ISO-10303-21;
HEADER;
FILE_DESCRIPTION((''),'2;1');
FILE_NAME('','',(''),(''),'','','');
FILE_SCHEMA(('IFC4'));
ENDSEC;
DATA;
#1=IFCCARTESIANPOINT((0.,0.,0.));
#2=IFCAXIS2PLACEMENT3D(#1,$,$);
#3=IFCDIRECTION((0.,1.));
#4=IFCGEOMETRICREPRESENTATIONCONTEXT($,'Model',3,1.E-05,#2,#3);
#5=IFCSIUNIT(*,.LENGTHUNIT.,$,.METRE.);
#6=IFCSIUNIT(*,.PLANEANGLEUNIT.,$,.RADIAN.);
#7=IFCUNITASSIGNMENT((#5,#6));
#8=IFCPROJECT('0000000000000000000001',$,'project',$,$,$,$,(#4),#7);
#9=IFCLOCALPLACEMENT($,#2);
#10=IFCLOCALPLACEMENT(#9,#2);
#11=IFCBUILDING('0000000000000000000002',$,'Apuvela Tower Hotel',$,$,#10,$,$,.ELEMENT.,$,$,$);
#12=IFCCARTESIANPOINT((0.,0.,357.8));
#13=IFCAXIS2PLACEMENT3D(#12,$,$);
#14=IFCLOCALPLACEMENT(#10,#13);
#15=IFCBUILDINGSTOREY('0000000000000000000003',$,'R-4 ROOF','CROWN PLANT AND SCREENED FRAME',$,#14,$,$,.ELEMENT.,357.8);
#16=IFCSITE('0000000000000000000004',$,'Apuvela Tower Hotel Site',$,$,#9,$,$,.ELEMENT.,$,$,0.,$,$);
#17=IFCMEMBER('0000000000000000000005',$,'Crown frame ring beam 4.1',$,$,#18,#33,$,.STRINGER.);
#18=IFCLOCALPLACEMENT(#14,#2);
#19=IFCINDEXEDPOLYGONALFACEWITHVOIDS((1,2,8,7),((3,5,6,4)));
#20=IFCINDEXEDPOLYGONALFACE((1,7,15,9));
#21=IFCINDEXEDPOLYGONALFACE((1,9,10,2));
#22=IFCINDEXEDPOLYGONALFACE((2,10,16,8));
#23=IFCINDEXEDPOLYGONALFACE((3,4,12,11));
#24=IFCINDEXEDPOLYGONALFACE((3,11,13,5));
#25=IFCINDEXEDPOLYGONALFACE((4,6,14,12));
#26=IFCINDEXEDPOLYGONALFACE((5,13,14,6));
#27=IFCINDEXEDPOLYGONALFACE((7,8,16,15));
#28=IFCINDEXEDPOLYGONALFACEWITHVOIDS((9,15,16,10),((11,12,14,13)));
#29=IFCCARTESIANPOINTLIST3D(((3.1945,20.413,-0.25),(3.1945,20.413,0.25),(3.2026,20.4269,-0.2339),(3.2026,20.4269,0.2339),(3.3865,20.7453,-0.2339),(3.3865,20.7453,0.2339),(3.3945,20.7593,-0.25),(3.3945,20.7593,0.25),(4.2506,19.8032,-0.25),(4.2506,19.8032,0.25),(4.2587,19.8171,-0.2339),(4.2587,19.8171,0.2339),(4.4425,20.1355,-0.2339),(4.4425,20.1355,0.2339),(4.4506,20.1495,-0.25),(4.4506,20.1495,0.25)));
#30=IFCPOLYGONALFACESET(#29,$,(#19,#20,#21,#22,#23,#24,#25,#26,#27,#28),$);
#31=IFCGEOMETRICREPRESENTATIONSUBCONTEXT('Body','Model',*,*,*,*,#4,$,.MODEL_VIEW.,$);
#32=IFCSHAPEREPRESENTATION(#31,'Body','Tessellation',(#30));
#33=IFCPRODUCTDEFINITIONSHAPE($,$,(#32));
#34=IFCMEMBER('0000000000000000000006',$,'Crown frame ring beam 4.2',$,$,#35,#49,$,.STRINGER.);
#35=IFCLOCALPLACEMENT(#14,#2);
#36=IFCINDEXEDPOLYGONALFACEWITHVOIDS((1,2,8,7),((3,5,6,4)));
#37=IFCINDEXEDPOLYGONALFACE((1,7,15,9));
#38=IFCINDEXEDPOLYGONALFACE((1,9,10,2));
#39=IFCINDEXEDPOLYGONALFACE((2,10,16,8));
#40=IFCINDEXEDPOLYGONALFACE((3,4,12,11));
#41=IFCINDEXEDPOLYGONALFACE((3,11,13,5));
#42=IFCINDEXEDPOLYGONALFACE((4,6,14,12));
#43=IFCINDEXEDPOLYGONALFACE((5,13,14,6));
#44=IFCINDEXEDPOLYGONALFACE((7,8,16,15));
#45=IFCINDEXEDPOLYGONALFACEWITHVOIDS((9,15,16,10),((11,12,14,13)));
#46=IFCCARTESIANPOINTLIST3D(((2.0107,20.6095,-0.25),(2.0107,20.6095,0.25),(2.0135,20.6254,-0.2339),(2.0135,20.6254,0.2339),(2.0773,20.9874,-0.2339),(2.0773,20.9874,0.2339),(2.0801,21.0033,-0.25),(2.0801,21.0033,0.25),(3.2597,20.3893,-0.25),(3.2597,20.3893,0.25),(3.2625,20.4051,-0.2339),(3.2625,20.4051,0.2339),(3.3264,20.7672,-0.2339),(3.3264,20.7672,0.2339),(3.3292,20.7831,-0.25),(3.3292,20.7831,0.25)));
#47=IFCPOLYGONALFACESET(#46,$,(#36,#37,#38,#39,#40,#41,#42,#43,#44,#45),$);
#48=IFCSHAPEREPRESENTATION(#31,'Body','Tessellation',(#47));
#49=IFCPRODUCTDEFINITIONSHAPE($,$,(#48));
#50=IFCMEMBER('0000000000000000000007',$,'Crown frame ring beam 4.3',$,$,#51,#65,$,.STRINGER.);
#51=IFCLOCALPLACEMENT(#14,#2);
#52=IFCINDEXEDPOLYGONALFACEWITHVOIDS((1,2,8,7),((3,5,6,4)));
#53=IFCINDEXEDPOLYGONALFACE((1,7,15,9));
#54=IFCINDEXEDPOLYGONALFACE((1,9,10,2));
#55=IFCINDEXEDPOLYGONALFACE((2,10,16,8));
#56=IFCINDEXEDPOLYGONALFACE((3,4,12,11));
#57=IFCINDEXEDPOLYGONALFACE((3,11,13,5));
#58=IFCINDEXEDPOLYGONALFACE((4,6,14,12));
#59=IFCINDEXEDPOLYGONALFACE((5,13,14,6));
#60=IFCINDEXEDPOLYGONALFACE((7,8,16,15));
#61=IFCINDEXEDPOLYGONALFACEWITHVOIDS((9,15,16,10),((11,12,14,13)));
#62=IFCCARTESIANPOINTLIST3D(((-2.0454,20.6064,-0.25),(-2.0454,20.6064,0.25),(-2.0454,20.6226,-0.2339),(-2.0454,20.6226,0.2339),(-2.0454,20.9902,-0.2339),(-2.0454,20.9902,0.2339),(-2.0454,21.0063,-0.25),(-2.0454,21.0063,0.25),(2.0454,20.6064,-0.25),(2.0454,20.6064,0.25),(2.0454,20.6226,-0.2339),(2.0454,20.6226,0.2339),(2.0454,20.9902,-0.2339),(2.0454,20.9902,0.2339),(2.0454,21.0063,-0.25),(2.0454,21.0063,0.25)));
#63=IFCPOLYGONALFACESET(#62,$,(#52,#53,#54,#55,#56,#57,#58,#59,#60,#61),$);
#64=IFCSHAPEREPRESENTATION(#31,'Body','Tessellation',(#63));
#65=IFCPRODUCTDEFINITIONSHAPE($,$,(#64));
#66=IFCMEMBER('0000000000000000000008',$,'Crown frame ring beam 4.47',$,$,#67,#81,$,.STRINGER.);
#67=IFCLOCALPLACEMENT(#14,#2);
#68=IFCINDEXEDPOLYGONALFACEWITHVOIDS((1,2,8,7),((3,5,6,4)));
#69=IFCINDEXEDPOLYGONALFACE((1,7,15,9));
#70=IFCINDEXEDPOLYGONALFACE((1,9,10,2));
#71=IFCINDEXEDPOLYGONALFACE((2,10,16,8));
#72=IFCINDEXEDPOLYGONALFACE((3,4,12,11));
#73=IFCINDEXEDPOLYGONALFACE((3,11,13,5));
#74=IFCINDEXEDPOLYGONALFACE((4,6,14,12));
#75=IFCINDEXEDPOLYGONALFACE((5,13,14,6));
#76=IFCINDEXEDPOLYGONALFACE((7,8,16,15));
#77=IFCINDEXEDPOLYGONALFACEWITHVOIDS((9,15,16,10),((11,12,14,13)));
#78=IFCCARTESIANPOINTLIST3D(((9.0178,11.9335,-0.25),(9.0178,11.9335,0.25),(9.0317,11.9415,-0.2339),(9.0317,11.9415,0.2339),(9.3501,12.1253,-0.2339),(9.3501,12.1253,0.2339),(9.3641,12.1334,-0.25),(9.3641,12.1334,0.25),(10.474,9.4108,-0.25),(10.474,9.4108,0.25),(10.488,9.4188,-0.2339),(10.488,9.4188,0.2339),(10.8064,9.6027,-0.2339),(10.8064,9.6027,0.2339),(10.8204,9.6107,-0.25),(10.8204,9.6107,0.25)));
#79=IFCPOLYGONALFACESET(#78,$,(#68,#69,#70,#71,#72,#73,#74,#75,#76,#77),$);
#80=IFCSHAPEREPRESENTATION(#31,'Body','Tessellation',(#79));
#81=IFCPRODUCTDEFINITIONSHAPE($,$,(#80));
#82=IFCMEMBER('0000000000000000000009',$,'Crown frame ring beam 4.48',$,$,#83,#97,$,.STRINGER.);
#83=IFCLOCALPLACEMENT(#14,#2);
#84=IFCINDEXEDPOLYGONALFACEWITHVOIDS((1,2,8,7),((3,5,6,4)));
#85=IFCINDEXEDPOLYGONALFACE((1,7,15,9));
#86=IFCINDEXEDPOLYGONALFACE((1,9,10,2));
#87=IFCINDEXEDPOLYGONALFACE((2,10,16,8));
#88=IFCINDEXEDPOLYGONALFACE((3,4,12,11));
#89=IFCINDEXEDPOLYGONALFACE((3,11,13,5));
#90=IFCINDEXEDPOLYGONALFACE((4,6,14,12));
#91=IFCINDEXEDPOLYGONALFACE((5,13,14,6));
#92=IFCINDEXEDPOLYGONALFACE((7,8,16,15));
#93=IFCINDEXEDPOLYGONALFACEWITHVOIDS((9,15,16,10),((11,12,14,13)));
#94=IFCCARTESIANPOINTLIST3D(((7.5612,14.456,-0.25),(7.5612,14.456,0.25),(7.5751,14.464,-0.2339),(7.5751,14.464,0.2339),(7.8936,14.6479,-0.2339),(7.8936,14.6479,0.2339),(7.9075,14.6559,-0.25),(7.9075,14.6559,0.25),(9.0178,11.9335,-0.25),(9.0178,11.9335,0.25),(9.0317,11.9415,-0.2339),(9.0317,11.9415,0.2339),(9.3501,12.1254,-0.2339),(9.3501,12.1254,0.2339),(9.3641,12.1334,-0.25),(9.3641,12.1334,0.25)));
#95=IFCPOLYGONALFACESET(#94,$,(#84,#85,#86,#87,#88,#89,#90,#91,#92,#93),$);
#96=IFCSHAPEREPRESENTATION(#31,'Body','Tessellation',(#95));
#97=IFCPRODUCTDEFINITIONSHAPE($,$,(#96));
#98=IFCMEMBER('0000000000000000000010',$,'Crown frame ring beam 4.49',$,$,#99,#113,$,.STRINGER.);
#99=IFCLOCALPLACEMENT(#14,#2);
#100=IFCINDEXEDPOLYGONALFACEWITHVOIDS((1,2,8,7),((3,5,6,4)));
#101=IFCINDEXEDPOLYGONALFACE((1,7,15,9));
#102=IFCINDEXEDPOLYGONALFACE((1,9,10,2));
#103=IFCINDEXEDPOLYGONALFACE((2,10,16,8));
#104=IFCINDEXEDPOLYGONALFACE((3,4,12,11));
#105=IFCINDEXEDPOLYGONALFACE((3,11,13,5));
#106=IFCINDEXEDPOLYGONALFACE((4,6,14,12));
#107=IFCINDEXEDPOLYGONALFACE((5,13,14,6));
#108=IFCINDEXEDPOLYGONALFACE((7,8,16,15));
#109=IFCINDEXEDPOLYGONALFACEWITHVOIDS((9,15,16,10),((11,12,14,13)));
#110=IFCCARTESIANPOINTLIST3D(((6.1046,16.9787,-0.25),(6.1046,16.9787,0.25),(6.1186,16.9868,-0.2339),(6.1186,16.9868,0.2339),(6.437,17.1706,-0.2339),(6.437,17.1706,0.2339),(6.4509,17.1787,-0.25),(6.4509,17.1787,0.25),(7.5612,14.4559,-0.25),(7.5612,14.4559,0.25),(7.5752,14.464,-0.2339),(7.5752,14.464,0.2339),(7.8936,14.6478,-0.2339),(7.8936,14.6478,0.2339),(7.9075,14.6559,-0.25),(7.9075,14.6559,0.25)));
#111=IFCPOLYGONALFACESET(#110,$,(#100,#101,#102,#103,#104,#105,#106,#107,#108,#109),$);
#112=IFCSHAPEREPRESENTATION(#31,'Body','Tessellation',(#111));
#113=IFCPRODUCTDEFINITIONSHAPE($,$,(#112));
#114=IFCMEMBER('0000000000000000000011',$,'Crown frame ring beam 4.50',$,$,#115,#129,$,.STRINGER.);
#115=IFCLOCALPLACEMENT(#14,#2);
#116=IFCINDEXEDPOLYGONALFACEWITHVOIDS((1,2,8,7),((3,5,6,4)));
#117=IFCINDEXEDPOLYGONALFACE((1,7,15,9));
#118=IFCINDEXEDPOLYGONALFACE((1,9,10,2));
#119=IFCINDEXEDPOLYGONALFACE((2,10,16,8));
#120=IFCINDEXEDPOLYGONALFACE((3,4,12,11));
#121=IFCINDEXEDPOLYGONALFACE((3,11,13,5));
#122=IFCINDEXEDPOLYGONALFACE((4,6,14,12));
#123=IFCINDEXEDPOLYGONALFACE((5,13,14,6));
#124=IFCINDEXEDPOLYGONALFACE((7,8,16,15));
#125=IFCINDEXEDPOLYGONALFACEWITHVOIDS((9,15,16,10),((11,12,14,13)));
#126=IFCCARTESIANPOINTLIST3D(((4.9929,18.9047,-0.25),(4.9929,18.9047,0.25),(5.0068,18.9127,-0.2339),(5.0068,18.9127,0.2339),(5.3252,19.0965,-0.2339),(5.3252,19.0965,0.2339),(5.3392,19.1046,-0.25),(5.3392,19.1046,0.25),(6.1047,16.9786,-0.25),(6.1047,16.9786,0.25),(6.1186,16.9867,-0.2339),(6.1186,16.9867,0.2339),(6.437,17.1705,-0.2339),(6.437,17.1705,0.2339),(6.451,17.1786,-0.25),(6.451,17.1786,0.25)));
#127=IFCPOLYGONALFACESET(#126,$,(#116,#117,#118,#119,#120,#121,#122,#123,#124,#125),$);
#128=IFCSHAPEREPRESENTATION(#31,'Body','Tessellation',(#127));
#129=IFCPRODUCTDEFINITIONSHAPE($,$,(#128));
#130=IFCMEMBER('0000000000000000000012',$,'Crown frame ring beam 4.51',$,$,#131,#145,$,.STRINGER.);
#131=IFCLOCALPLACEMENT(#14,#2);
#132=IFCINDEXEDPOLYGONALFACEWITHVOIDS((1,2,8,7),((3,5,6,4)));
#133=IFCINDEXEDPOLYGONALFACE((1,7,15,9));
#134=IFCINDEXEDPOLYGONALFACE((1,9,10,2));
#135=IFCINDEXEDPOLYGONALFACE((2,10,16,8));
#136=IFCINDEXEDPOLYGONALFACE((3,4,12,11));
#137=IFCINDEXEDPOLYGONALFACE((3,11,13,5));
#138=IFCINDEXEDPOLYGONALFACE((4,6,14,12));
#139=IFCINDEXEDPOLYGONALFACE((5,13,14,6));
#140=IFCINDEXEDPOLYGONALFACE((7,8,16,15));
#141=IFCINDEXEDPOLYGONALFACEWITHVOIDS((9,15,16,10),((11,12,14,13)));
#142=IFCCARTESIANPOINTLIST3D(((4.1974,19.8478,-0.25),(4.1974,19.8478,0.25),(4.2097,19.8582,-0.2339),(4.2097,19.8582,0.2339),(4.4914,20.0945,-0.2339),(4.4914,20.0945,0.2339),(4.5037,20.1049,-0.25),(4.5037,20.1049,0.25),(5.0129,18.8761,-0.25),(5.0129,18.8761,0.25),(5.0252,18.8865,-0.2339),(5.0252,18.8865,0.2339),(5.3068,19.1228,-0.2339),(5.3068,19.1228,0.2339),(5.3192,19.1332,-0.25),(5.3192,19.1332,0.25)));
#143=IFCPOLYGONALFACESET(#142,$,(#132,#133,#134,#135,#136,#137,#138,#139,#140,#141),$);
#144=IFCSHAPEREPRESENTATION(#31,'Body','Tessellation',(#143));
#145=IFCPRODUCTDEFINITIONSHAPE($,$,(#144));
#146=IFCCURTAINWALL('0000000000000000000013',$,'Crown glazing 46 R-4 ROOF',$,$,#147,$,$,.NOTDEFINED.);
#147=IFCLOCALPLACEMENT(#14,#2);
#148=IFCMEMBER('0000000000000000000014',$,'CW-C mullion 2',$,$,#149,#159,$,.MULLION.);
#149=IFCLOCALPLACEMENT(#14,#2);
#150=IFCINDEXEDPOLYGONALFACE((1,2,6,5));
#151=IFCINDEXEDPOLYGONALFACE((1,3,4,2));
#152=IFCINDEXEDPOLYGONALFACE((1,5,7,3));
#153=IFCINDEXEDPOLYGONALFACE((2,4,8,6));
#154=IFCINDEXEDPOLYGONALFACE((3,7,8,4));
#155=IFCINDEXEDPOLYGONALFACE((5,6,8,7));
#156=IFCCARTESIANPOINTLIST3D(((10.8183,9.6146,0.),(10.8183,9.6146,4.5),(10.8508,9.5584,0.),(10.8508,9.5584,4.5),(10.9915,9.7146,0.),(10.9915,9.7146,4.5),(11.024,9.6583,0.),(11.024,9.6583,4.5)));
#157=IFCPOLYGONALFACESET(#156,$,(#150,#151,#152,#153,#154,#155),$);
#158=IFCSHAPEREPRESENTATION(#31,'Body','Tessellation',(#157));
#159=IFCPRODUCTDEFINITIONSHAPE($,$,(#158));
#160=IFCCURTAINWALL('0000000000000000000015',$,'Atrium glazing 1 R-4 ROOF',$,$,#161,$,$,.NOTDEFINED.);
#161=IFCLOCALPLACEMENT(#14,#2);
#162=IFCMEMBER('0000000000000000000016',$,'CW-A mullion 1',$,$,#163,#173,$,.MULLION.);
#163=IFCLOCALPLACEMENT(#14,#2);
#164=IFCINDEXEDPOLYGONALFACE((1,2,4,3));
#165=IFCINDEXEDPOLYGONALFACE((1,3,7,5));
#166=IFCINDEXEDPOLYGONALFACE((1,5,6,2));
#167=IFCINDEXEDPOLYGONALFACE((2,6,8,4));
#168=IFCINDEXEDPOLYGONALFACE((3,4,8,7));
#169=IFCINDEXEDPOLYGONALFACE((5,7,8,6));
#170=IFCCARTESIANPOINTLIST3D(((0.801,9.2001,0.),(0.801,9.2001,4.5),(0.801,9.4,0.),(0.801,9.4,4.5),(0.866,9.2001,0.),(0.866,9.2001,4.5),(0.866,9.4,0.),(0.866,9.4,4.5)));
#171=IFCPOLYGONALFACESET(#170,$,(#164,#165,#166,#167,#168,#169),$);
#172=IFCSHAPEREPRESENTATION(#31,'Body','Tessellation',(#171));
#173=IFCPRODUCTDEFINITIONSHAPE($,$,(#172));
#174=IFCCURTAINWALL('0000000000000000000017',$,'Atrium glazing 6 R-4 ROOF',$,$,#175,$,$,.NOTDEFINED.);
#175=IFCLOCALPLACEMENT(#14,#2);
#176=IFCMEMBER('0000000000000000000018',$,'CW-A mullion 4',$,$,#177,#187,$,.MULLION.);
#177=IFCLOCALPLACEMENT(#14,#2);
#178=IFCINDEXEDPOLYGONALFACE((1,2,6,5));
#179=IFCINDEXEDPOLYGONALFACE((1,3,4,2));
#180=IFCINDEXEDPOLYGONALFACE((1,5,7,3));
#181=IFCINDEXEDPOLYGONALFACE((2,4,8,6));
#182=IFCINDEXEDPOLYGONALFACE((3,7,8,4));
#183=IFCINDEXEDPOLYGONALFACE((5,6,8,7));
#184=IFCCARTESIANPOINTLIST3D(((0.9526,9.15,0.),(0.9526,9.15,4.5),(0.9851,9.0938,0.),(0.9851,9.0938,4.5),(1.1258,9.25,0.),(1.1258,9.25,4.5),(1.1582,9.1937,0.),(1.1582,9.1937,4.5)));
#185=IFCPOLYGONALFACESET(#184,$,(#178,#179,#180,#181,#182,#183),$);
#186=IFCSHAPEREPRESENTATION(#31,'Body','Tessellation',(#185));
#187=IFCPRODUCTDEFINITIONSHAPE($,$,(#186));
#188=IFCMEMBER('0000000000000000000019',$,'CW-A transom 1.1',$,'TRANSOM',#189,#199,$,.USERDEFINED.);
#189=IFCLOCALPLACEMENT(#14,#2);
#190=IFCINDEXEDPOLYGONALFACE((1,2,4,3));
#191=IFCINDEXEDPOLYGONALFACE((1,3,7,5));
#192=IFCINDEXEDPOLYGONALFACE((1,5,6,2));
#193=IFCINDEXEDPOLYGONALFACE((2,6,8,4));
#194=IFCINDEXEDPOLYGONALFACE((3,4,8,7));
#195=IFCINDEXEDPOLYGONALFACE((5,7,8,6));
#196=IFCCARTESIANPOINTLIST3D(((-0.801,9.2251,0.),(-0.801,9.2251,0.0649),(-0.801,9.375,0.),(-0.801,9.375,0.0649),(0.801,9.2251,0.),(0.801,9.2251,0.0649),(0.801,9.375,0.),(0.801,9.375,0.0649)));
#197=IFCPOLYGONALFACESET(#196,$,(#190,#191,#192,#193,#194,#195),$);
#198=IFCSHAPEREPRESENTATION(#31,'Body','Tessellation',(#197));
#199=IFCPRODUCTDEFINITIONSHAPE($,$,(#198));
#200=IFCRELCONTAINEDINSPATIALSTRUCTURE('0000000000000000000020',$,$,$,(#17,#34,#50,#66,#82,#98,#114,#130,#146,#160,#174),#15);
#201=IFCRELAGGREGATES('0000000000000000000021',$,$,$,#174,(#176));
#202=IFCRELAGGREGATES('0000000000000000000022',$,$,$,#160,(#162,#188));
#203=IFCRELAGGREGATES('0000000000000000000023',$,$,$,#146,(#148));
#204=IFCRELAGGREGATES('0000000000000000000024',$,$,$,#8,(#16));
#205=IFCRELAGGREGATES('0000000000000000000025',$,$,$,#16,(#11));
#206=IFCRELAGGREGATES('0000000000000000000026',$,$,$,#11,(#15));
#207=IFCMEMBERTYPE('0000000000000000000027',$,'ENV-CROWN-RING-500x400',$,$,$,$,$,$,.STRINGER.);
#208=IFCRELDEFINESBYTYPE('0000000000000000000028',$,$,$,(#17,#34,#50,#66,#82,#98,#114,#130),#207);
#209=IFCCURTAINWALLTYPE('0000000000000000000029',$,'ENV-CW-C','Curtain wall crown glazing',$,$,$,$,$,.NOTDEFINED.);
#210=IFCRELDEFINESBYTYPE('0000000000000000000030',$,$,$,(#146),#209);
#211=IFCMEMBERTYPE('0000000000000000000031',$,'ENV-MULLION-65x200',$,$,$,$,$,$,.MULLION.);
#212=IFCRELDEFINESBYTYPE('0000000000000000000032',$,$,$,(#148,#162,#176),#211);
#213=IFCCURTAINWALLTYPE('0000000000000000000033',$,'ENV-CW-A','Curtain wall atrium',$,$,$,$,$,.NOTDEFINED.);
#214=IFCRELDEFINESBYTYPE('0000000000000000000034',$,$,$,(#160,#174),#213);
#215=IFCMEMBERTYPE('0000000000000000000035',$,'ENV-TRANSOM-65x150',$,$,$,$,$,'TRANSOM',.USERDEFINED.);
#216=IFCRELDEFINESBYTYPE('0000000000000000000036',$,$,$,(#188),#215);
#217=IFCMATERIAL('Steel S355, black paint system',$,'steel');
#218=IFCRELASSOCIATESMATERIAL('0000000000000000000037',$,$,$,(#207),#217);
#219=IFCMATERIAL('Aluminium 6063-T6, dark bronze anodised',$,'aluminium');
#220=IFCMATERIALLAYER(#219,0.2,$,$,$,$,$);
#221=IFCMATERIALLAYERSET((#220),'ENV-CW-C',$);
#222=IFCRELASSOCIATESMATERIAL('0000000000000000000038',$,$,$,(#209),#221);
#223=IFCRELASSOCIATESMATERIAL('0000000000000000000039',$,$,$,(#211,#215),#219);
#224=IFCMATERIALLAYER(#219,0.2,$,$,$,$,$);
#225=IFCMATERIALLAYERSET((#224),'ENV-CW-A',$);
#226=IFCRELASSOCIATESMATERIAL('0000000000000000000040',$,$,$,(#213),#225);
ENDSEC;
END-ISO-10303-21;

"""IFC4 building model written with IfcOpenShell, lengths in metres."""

from ifc_helpers import new_model, si_unit, direction, frame, origin, origin_2d, place, context, subcontext, project, spatial, rectangle, hollow_rectangle, extrude, material, layer, layer_set, material_profile, profile_set, type_object, element, aggregate, save


model = new_model("IFC4")

# Units and contexts
model_context = context("Model", 3, precision=1e-05, world=origin(), true_north=direction((0.0, 1.0)))
body_context = subcontext(model_context, "Body", "Model", "MODEL_VIEW")
ifc_project = project(units=[si_unit("LENGTHUNIT", "METRE"), si_unit("PLANEANGLEUNIT", "RADIAN")], contexts=[model_context])

# Site, building, storey
site_placement = place(None, origin())
site = spatial("IfcSite", under=ifc_project, at=site_placement, Name="Apuvela Tower Hotel Site", CompositionType="ELEMENT", RefElevation=0.0)
building_placement = place(site_placement, origin())
building = spatial("IfcBuilding", under=site, at=building_placement, Name="Apuvela Tower Hotel", CompositionType="ELEMENT")
storey_placement = place(building_placement, frame((0.0, 0.0, 357.8)))
storey = spatial("IfcBuildingStorey", under=building, at=storey_placement, Name="R-4 ROOF", Description="CROWN PLANT AND SCREENED FRAME", CompositionType="ELEMENT", Elevation=357.8)

# Members
ifc_material_1 = material(Name="Steel S355, black paint system", Category="steel")
ifc_material_profile_1 = material_profile(ifc_material_1, hollow_rectangle(XDim=0.3999, YDim=0.5, WallThickness=0.0161, at=origin_2d()), Name="HSS 500x400x16")
ifc_profile_set_1 = profile_set([ifc_material_profile_1], Name="Steel S355, black paint system")
member_type_1 = type_object("IfcMemberType", Name="ENV-CROWN-RING-500x400", PredefinedType="STRINGER", material=ifc_profile_set_1)
member_1_placement = place(storey_placement, frame((4.3506, 19.9763, 0.0), z_axis=(-0.865992, 0.500057, 0.0), x_axis=(-0.500057, -0.865992, 0.0)))
element("IfcMember", 1, at=member_1_placement, inside=storey, type_object=member_type_1, Name="Crown frame ring beam 4.1", PredefinedType="STRINGER", context=body_context, shape_type="SweptSolid", body=[
    extrude(hollow_rectangle(XDim=0.3999, YDim=0.5, WallThickness=0.0161, at=origin_2d()), origin(), (0.0, 0.0, 1.0), 1.2195),
])
member_2_placement = place(storey_placement, frame((3.2944, 20.5862, 0.0), z_axis=(-0.984811, 0.173632, 0.0), x_axis=(-0.173632, -0.984811, 0.0)))
element("IfcMember", 2, at=member_2_placement, inside=storey, type_object=member_type_1, Name="Crown frame ring beam 4.2", PredefinedType="STRINGER", context=body_context, shape_type="SweptSolid", body=[
    extrude(hollow_rectangle(XDim=0.3999, YDim=0.5, WallThickness=0.0161, at=origin_2d()), origin(), (0.0, 0.0, 1.0), 1.2683),
])
member_3_placement = place(storey_placement, frame((2.0454, 20.8064, 0.0), z_axis=(-1.0, 0.0, 0.0), x_axis=(0.0, -1.0, 0.0)))
element("IfcMember", 3, at=member_3_placement, inside=storey, type_object=member_type_1, Name="Crown frame ring beam 4.3", PredefinedType="STRINGER", context=body_context, shape_type="SweptSolid", body=[
    extrude(hollow_rectangle(XDim=0.3999, YDim=0.5, WallThickness=0.0161, at=origin_2d()), origin(), (0.0, 0.0, 1.0), 4.0908),
])
for number, where, z_axis, x_axis, name in (
    (4, (10.6472, 9.5107, 0.0), (-0.499952, 0.866053, 0.0), (-0.866053, -0.499952, 0.0), "Crown frame ring beam 4.47"),
    (5, (9.1909, 12.0334, 0.0), (-0.500051, 0.865996, 0.0), (-0.865996, -0.500051, 0.0), "Crown frame ring beam 4.48"),
):
    element("IfcMember", number, at=place(storey_placement, frame(where, z_axis=z_axis, x_axis=x_axis)), inside=storey, type_object=member_type_1, Name=name, PredefinedType="STRINGER", context=body_context, shape_type="SweptSolid", body=[
        extrude(hollow_rectangle(XDim=0.3999, YDim=0.5, WallThickness=0.0161, at=origin_2d()), origin(), (0.0, 0.0, 1.0), 2.9128),
    ])
member_4_placement = place(storey_placement, frame((7.7344, 14.5559, 0.0), z_axis=(-0.500015, 0.866017, 0.0), x_axis=(-0.866017, -0.500015, 0.0)))
element("IfcMember", 6, at=member_4_placement, inside=storey, type_object=member_type_1, Name="Crown frame ring beam 4.49", PredefinedType="STRINGER", context=body_context, shape_type="SweptSolid", body=[
    extrude(hollow_rectangle(XDim=0.3999, YDim=0.5, WallThickness=0.0161, at=origin_2d()), origin(), (0.0, 0.0, 1.0), 2.9131),
])
member_5_placement = place(storey_placement, frame((6.2778, 17.0786, 0.0), z_axis=(-0.499941, 0.866059, 0.0), x_axis=(-0.866059, -0.499941, 0.0)))
element("IfcMember", 7, at=member_5_placement, inside=storey, type_object=member_type_1, Name="Crown frame ring beam 4.50", PredefinedType="STRINGER", context=body_context, shape_type="SweptSolid", body=[
    extrude(hollow_rectangle(XDim=0.3999, YDim=0.5, WallThickness=0.0161, at=origin_2d()), origin(), (0.0, 0.0, 1.0), 2.2239),
])
member_6_placement = place(storey_placement, frame((5.166, 19.0046, 0.0), z_axis=(-0.642831, 0.766008, 0.0), x_axis=(-0.766008, -0.642831, 0.0)))
element("IfcMember", 8, at=member_6_placement, inside=storey, type_object=member_type_1, Name="Crown frame ring beam 4.51", PredefinedType="STRINGER", context=body_context, shape_type="SweptSolid", body=[
    extrude(hollow_rectangle(XDim=0.3999, YDim=0.5, WallThickness=0.0161, at=origin_2d()), origin(), (0.0, 0.0, 1.0), 1.2686),
])

# Curtain walls, members
ifc_material_2 = material(Name="Aluminium 6063-T6, dark bronze anodised", Category="aluminium")
ifc_layer_1 = layer(ifc_material_2, 0.2)
ifc_layer_set_1 = layer_set([ifc_layer_1], Name="ENV-CW-C")
curtain_wall_type_1 = type_object("IfcCurtainWallType", Name="ENV-CW-C", Description="Curtain wall crown glazing", PredefinedType="NOTDEFINED", material=ifc_layer_set_1)
curtain_wall_1_placement = place(storey_placement, origin())
curtain_wall_1 = element("IfcCurtainWall", 9, at=curtain_wall_1_placement, inside=storey, type_object=curtain_wall_type_1, Name="Crown glazing 46 R-4 ROOF", PredefinedType="NOTDEFINED")
ifc_material_profile_2 = material_profile(ifc_material_2, rectangle(XDim=0.2, YDim=0.0649, at=origin_2d()), Name="AL 65x200")
ifc_profile_set_2 = profile_set([ifc_material_profile_2], Name="Aluminium 6063-T6, dark bronze anodised")
member_type_2 = type_object("IfcMemberType", Name="ENV-MULLION-65x200", PredefinedType="MULLION", material=ifc_profile_set_2)
member_7_placement = place(storey_placement, frame((10.9211, 9.6365, 0.0), z_axis=(0.0, 0.0, 1.0), x_axis=(-0.866022, -0.500006, 0.0)))
member_7 = element("IfcMember", 10, at=member_7_placement, type_object=member_type_2, Name="CW-C mullion 2", PredefinedType="MULLION", context=body_context, shape_type="SweptSolid", body=[
    extrude(rectangle(XDim=0.2, YDim=0.0649, at=origin_2d()), origin(), (0.0, 0.0, 1.0), 4.5),
])
ifc_layer_2 = layer(ifc_material_2, 0.2)
ifc_layer_set_2 = layer_set([ifc_layer_2], Name="ENV-CW-A")
curtain_wall_type_2 = type_object("IfcCurtainWallType", Name="ENV-CW-A", Description="Curtain wall atrium", PredefinedType="NOTDEFINED", material=ifc_layer_set_2)
curtain_wall_2_placement = place(storey_placement, origin())
curtain_wall_2 = element("IfcCurtainWall", 11, at=curtain_wall_2_placement, inside=storey, type_object=curtain_wall_type_2, Name="Atrium glazing 1 R-4 ROOF", PredefinedType="NOTDEFINED")
member_8_placement = place(storey_placement, frame((0.8335, 9.3, 0.0), z_axis=(0.0, 0.0, 1.0), x_axis=(0.0, -1.0, 0.0)))
member_8 = element("IfcMember", 12, at=member_8_placement, type_object=member_type_2, Name="CW-A mullion 1", PredefinedType="MULLION", context=body_context, shape_type="SweptSolid", body=[
    extrude(rectangle(XDim=0.2, YDim=0.0649, at=origin_2d()), origin(), (0.0, 0.0, 1.0), 4.5),
])
curtain_wall_3_placement = place(storey_placement, origin())
curtain_wall_3 = element("IfcCurtainWall", 13, at=curtain_wall_3_placement, inside=storey, type_object=curtain_wall_type_2, Name="Atrium glazing 6 R-4 ROOF", PredefinedType="NOTDEFINED")
member_9_placement = place(storey_placement, frame((1.0554, 9.1719, 0.0), z_axis=(0.0, 0.0, 1.0), x_axis=(-0.866026, -0.499999, 0.0)))
member_9 = element("IfcMember", 14, at=member_9_placement, type_object=member_type_2, Name="CW-A mullion 4", PredefinedType="MULLION", context=body_context, shape_type="SweptSolid", body=[
    extrude(rectangle(XDim=0.2, YDim=0.0649, at=origin_2d()), origin(), (0.0, 0.0, 1.0), 4.5),
])
aggregate(curtain_wall_3, [member_9])

# Member
ifc_material_profile_3 = material_profile(ifc_material_2, rectangle(XDim=0.1499, YDim=0.0649, at=origin_2d()), Name="AL 65x150 transom")
ifc_profile_set_3 = profile_set([ifc_material_profile_3], Name="Aluminium 6063-T6, dark bronze anodised")
member_type_3 = type_object("IfcMemberType", Name="ENV-TRANSOM-65x150", ElementType="TRANSOM", PredefinedType="USERDEFINED", material=ifc_profile_set_3)
member_10_placement = place(storey_placement, frame((0.801, 9.3, 0.0325), z_axis=(-1.0, 0.0, 0.0), x_axis=(0.0, -1.0, 0.0)))
member_10 = element("IfcMember", 15, at=member_10_placement, type_object=member_type_3, Name="CW-A transom 1.1", ObjectType="TRANSOM", PredefinedType="USERDEFINED", context=body_context, shape_type="SweptSolid", body=[
    extrude(rectangle(XDim=0.1499, YDim=0.0649, at=origin_2d()), origin(), (0.0, 0.0, 1.0), 1.6021),
])
aggregate(curtain_wall_2, [member_8, member_10])

aggregate(curtain_wall_1, [member_7])

save(model, "model.ifc")
